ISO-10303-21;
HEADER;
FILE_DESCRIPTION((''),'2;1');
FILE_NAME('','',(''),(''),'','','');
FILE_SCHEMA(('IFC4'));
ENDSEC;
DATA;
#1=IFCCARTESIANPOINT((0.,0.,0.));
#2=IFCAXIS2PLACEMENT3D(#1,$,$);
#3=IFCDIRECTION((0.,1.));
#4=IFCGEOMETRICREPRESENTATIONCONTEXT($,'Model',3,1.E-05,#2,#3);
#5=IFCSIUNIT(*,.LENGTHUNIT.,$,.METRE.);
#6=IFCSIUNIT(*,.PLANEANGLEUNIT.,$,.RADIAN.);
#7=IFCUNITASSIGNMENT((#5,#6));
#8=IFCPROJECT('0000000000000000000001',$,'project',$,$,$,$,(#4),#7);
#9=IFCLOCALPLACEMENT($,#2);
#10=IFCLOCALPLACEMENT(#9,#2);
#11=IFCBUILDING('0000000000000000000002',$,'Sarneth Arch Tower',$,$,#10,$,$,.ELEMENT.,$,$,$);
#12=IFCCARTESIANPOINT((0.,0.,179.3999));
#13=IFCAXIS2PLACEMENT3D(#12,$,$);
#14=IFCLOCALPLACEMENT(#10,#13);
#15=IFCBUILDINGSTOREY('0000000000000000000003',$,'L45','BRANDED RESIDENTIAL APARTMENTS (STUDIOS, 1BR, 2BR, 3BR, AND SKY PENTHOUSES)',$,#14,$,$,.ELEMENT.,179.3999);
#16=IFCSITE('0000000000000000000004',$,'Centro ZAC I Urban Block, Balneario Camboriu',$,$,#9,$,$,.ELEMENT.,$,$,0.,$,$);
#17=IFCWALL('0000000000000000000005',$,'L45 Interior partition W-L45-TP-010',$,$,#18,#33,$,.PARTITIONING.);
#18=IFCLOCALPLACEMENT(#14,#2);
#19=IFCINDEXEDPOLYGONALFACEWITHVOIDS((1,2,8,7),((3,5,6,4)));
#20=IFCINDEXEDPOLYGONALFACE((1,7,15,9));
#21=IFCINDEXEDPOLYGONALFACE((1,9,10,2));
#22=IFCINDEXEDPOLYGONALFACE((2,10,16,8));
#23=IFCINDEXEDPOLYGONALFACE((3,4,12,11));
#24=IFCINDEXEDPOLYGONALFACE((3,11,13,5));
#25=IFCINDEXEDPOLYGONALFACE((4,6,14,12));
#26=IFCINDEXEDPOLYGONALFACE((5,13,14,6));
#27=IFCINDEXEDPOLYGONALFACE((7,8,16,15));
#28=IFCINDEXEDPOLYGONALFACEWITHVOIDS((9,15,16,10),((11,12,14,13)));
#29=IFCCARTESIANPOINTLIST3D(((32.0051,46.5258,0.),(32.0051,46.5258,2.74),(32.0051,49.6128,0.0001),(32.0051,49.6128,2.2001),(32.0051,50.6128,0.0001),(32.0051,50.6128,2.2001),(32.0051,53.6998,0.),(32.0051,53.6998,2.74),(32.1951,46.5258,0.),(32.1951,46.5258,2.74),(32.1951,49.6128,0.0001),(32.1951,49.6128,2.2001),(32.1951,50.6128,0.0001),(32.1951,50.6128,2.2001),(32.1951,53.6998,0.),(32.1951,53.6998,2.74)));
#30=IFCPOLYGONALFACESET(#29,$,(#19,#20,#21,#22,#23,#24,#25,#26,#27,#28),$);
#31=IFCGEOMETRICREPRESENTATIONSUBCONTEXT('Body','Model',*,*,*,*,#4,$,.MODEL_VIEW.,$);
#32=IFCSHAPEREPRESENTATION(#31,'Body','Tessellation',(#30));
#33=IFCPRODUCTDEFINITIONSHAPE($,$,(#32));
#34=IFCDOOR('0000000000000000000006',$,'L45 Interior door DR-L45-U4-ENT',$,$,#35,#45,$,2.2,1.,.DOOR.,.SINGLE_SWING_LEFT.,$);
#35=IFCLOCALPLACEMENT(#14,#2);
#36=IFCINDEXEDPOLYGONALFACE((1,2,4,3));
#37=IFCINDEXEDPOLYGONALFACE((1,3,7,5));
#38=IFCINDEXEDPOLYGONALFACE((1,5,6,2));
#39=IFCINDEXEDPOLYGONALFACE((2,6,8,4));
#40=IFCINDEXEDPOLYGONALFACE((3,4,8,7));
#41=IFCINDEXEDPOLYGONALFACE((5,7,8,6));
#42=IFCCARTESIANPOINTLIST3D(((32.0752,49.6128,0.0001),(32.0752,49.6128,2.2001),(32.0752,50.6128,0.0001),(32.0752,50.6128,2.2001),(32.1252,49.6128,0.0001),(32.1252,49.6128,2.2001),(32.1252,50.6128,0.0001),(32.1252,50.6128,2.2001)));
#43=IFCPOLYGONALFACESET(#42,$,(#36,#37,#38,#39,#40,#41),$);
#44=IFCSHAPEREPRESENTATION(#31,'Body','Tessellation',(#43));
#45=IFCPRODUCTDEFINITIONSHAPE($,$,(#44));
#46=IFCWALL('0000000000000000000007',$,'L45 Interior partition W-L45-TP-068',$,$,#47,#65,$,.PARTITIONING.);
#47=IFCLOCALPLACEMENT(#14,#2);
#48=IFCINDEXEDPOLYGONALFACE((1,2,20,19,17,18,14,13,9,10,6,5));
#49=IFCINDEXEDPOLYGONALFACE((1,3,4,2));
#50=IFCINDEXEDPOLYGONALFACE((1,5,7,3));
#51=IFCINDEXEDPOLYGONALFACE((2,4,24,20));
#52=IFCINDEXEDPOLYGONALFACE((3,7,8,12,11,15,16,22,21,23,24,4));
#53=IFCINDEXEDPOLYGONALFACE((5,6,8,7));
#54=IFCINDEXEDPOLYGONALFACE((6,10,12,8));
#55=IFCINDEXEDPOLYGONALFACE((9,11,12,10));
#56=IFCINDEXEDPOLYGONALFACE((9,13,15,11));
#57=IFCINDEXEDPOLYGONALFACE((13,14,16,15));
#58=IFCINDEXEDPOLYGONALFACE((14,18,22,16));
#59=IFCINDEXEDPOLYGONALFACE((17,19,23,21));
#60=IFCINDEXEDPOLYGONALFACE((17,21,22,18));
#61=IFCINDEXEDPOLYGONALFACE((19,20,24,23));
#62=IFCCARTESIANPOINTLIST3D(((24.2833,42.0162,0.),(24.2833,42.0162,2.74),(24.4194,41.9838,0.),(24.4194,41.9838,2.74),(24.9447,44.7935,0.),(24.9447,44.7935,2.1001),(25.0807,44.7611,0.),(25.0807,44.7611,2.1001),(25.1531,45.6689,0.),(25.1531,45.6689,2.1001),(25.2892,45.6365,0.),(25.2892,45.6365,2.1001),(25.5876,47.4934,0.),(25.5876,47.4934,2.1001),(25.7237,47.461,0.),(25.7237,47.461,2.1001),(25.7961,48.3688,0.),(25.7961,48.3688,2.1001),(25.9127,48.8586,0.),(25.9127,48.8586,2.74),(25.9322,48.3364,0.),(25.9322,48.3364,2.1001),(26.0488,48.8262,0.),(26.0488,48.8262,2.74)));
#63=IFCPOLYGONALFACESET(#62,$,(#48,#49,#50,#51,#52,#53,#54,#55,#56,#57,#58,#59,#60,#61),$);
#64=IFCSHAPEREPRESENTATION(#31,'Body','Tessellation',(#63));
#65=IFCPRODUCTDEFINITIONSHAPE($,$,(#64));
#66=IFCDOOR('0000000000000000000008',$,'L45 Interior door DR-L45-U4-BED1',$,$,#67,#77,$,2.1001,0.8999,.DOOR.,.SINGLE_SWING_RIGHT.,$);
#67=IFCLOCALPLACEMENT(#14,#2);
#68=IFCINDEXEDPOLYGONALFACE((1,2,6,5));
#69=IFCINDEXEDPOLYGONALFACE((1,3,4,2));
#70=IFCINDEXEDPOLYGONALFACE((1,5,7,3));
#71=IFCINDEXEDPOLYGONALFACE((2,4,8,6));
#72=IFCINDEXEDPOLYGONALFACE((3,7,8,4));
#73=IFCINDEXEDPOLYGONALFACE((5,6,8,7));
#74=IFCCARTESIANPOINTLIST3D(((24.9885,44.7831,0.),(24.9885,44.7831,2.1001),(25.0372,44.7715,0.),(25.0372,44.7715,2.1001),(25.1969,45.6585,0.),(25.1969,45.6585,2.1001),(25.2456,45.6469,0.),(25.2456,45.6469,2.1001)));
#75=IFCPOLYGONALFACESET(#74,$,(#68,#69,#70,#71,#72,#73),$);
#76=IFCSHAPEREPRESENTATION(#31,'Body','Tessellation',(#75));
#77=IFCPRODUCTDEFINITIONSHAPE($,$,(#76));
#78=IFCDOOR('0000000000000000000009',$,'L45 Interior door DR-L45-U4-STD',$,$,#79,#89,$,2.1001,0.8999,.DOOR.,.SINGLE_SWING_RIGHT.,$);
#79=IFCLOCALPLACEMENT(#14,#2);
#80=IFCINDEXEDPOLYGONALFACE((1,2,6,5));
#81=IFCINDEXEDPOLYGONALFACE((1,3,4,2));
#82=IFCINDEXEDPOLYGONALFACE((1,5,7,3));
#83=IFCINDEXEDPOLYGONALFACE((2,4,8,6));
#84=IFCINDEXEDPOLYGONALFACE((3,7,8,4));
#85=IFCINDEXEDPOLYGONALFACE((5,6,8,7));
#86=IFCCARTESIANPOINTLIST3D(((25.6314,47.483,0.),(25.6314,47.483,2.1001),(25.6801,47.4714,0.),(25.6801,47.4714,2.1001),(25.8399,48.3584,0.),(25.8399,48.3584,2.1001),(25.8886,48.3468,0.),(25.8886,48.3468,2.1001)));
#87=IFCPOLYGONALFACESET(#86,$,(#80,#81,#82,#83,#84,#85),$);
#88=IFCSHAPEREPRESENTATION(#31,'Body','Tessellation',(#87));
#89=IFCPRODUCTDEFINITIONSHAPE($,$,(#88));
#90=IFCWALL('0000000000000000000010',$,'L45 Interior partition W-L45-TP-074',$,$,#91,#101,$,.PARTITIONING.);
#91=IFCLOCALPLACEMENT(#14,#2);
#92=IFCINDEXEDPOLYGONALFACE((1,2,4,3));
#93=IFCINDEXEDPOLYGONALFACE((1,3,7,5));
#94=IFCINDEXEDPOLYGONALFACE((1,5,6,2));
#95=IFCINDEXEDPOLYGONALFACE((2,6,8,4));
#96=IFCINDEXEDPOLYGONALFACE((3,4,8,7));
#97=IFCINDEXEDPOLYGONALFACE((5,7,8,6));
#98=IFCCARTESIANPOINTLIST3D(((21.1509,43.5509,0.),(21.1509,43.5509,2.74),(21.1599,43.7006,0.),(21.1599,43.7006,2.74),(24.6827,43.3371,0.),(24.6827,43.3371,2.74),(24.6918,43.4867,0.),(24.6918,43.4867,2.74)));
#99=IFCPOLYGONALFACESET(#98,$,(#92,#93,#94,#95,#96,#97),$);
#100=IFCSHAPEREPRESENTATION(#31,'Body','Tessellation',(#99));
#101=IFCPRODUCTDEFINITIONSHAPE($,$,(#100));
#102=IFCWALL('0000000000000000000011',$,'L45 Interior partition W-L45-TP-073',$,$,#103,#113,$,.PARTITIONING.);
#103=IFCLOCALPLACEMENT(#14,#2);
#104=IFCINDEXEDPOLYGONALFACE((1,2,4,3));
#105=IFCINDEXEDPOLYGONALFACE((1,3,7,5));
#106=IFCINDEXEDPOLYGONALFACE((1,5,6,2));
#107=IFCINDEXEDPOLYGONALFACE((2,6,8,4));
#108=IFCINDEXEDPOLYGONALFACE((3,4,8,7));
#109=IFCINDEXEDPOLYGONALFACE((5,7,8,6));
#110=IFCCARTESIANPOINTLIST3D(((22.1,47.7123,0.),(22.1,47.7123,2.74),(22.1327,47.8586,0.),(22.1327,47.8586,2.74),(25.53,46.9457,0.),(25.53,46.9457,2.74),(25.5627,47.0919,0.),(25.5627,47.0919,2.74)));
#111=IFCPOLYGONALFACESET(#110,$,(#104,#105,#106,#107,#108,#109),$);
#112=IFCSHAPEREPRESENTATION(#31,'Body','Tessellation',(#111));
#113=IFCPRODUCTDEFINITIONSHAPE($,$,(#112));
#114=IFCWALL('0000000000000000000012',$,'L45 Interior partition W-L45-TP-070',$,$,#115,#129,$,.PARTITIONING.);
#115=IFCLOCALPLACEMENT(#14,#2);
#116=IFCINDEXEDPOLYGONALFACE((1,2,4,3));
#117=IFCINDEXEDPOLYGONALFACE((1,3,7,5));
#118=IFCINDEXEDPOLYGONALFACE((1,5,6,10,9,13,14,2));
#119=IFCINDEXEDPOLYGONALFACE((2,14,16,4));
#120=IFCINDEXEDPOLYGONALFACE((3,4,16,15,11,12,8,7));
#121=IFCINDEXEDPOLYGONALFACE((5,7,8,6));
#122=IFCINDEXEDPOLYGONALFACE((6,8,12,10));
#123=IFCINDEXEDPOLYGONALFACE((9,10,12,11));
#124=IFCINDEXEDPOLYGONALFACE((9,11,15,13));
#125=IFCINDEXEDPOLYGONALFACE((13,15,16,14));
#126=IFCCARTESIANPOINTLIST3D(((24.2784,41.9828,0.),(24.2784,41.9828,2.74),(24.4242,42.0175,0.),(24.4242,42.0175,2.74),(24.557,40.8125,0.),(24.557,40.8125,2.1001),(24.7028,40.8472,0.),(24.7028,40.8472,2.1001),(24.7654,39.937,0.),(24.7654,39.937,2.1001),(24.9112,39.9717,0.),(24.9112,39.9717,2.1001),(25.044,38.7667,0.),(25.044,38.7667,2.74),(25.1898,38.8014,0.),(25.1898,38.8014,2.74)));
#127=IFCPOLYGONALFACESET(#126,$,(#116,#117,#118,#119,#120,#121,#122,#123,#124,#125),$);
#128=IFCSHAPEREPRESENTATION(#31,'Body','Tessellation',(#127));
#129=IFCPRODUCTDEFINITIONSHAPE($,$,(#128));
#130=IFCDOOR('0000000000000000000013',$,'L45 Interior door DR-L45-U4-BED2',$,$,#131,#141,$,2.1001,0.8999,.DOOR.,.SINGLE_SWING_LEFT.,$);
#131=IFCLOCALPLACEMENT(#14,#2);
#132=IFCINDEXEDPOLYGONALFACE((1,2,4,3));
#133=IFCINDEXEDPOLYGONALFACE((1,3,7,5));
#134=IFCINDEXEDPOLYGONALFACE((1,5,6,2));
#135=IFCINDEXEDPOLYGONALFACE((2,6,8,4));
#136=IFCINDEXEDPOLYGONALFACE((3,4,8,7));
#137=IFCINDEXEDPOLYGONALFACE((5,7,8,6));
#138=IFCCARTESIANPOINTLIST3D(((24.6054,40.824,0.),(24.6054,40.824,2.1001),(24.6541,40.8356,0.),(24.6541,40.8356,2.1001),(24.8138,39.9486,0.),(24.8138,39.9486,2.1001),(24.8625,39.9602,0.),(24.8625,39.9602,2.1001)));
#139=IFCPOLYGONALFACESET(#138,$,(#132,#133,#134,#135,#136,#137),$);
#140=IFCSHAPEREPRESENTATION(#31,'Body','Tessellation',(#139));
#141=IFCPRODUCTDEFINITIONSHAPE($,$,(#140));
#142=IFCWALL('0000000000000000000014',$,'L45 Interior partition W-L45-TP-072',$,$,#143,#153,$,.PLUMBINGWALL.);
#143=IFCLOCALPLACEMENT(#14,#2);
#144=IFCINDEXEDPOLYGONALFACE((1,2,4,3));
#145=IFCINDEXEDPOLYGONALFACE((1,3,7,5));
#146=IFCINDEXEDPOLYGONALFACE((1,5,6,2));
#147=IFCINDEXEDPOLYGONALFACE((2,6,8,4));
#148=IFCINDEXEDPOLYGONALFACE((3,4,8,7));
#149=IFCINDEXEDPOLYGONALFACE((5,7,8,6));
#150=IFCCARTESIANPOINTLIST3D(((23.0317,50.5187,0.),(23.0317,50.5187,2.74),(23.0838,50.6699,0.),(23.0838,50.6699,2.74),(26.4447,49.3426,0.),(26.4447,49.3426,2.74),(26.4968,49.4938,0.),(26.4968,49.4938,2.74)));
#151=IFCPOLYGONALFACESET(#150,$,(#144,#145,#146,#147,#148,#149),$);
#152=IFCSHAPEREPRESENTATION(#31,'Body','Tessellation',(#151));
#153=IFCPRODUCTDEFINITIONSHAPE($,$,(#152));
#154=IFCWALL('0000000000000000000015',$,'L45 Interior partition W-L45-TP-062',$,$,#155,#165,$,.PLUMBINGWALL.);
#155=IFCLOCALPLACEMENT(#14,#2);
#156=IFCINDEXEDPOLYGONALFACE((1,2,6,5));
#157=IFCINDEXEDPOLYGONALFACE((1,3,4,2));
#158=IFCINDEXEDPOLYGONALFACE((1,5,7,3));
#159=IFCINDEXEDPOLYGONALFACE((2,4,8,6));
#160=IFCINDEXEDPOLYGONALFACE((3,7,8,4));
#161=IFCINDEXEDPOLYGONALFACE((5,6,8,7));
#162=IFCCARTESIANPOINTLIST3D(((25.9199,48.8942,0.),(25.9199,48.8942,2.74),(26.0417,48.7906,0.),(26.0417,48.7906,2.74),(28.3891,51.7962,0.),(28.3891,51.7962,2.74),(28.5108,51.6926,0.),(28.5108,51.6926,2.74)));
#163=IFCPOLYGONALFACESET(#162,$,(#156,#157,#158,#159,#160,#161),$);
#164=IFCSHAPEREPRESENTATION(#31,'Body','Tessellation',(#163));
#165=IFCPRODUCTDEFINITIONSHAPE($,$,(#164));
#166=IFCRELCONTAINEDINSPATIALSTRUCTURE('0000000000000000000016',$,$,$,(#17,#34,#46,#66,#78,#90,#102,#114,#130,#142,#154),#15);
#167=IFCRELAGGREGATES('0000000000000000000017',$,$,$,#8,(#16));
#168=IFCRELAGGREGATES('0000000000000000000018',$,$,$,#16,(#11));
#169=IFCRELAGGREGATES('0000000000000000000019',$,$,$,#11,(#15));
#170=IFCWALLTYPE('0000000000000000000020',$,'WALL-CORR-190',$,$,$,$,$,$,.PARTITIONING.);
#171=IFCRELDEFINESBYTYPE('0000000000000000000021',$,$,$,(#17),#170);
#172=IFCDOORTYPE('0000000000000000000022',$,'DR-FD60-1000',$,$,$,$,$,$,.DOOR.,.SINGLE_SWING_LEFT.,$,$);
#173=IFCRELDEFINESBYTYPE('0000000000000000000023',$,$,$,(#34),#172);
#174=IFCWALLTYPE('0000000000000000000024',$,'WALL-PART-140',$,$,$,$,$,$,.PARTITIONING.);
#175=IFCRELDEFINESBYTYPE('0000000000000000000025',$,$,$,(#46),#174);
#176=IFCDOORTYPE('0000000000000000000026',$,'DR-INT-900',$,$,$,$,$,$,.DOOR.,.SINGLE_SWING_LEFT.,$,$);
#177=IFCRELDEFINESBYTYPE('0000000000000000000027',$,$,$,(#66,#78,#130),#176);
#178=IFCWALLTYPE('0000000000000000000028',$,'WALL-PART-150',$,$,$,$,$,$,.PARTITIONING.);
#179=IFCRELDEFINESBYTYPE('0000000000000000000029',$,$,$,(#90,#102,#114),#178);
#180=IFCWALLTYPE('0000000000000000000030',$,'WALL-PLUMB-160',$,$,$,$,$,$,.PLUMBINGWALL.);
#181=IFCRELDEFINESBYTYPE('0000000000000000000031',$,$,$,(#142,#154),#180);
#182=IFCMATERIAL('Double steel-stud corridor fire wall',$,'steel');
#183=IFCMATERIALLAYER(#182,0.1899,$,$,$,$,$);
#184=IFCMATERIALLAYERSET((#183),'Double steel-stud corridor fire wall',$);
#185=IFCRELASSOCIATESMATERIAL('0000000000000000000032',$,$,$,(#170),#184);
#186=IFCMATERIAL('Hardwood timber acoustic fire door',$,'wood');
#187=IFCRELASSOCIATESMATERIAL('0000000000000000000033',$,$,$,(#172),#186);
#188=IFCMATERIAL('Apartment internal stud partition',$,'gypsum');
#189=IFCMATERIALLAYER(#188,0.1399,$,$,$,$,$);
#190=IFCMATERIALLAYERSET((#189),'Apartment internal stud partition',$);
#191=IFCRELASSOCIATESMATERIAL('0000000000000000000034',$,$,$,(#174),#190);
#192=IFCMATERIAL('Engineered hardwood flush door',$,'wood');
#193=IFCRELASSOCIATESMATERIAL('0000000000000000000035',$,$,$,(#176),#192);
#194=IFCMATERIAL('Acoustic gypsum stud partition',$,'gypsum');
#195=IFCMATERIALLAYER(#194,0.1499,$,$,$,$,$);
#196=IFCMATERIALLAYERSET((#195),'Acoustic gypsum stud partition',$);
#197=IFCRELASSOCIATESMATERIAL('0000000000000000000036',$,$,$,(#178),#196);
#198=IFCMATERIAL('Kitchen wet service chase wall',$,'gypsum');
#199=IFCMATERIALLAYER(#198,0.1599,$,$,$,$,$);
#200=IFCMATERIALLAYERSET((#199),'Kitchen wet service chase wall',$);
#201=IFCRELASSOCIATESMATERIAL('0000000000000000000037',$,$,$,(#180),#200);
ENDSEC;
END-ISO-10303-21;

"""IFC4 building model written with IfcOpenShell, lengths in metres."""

from ifc_helpers import new_model, si_unit, direction, frame, frame_2d, origin, place, context, subcontext, project, spatial, rectangle, extrude, material, layer, layer_set, type_object, element, fill, save


model = new_model("IFC4")

# Units and contexts
model_context = context("Model", 3, precision=1e-05, world=origin(), true_north=direction((0.0, 1.0)))
body_context = subcontext(model_context, "Body", "Model", "MODEL_VIEW")
ifc_project = project(units=[si_unit("LENGTHUNIT", "METRE"), si_unit("PLANEANGLEUNIT", "RADIAN")], contexts=[model_context])

# Site, building, storey
site_placement = place(None, origin())
site = spatial("IfcSite", under=ifc_project, at=site_placement, Name="Centro ZAC I Urban Block, Balneario Camboriu", CompositionType="ELEMENT", RefElevation=0.0)
building_placement = place(site_placement, origin())
building = spatial("IfcBuilding", under=site, at=building_placement, Name="Sarneth Arch Tower", CompositionType="ELEMENT")
storey_placement = place(building_placement, frame((0.0, 0.0, 179.3999)))
storey = spatial("IfcBuildingStorey", under=building, at=storey_placement, Name="L45", Description="BRANDED RESIDENTIAL APARTMENTS (STUDIOS, 1BR, 2BR, 3BR, AND SKY PENTHOUSES)", CompositionType="ELEMENT", Elevation=179.3999)

# Shared definitions
ifc_material_1 = material(Name="Double steel-stud corridor fire wall", Category="steel")
ifc_layer_1 = layer(ifc_material_1, 0.1899)
ifc_layer_set_1 = layer_set([ifc_layer_1], Name="Double steel-stud corridor fire wall")
wall_type_1 = type_object("IfcWallType", Name="WALL-CORR-190", PredefinedType="PARTITIONING", material=ifc_layer_set_1)

# Wall, opening, door
wall_1_placement = place(storey_placement, frame((32.1001, 46.5259, 0.0), z_axis=(0.0, 0.0, 1.0), x_axis=(0.0, 1.0, 0.0)))
wall_1 = element("IfcWall", 1, at=wall_1_placement, inside=storey, type_object=wall_type_1, Name="L45 Interior partition W-L45-TP-010", PredefinedType="PARTITIONING", context=body_context, shape_type="SweptSolid", body=[
    extrude(rectangle(XDim=7.1741, YDim=0.1899, at=frame_2d((3.5869, 0.0))), origin(), (0.0, 0.0, 1.0), 2.74),
])
opening_1_placement = place(wall_1_placement, frame((3.0869, 0.0, 0.0)))
opening_1 = element("IfcOpeningElement", 2, at=opening_1_placement, cuts=wall_1, PredefinedType="OPENING", context=body_context, shape_type="SweptSolid", body=[
    extrude(rectangle(XDim=1.0, YDim=2.2, at=frame_2d((0.5, 1.1001))), frame((0.0, 0.105, 0.0), z_axis=(0.0, -1.0, 0.0), x_axis=(1.0, 0.0, 0.0)), (0.0, 0.0, 1.0), 0.21),
])
ifc_material_2 = material(Name="Hardwood timber acoustic fire door", Category="wood")
door_type_1 = type_object("IfcDoorType", Name="DR-FD60-1000", OperationType="SINGLE_SWING_LEFT", PredefinedType="DOOR", material=ifc_material_2)
door_1_placement = place(opening_1_placement, origin())
door_1 = element("IfcDoor", 3, at=door_1_placement, inside=storey, type_object=door_type_1, Name="L45 Interior door DR-L45-U4-ENT", OperationType="SINGLE_SWING_LEFT", OverallHeight=2.2, OverallWidth=1.0, PredefinedType="DOOR", context=body_context, shape_type="SweptSolid", body=[
    extrude(rectangle(XDim=1.0, YDim=2.2, at=frame_2d((0.5, 1.1001))), frame((0.0, 0.0249, 0.0), z_axis=(0.0, -1.0, 0.0), x_axis=(1.0, 0.0, 0.0)), (0.0, 0.0, 1.0), 0.05),
])
fill(opening_1, door_1)

# Wall, openings, doors
ifc_material_3 = material(Name="Apartment internal stud partition", Category="gypsum")
ifc_layer_2 = layer(ifc_material_3, 0.1399)
ifc_layer_set_2 = layer_set([ifc_layer_2], Name="Apartment internal stud partition")
wall_type_2 = type_object("IfcWallType", Name="WALL-PART-140", PredefinedType="PARTITIONING", material=ifc_layer_set_2)
wall_2_placement = place(storey_placement, frame((24.3513, 42.0, 0.0), z_axis=(0.0, 0.0, 1.0), x_axis=(0.231658, 0.972797, 0.0)))
wall_2 = element("IfcWall", 4, at=wall_2_placement, inside=storey, type_object=wall_type_2, Name="L45 Interior partition W-L45-TP-068", PredefinedType="PARTITIONING", context=body_context, shape_type="SweptSolid", body=[
    extrude(rectangle(XDim=7.0337, YDim=0.1399, at=frame_2d((3.5168, 0.0))), origin(), (0.0, 0.0, 1.0), 2.74),
])
opening_2_placement = place(wall_2_placement, frame((2.855, 0.0, 0.0)))
opening_2 = element("IfcOpeningElement", 5, at=opening_2_placement, cuts=wall_2, PredefinedType="OPENING", context=body_context, shape_type="SweptSolid", body=[
    extrude(rectangle(XDim=0.8999, YDim=2.1001, at=frame_2d((0.45, 1.05))), frame((0.0, 0.0798, 0.0), z_axis=(0.0, -1.0, 0.0), x_axis=(1.0, 0.0, 0.0)), (0.0, 0.0, 1.0), 0.1599),
])
opening_3_placement = place(wall_2_placement, frame((5.6304, 0.0, 0.0)))
opening_3 = element("IfcOpeningElement", 6, at=opening_3_placement, cuts=wall_2, PredefinedType="OPENING", context=body_context, shape_type="SweptSolid", body=[
    extrude(rectangle(XDim=0.8999, YDim=2.1001, at=frame_2d((0.45, 1.05))), frame((0.0, 0.0798, 0.0), z_axis=(0.0, -1.0, 0.0), x_axis=(1.0, 0.0, 0.0)), (0.0, 0.0, 1.0), 0.1599),
])
ifc_material_4 = material(Name="Engineered hardwood flush door", Category="wood")
door_type_2 = type_object("IfcDoorType", Name="DR-INT-900", OperationType="SINGLE_SWING_LEFT", PredefinedType="DOOR", material=ifc_material_4)
door_2_placement = place(opening_2_placement, origin())
door_2 = element("IfcDoor", 7, at=door_2_placement, inside=storey, type_object=door_type_2, Name="L45 Interior door DR-L45-U4-BED1", OperationType="SINGLE_SWING_RIGHT", OverallHeight=2.1001, OverallWidth=0.8999, PredefinedType="DOOR", context=body_context, shape_type="SweptSolid", body=[
    extrude(rectangle(XDim=0.8999, YDim=2.1001, at=frame_2d((0.45, 1.05))), frame((0.0, 0.0249, 0.0), z_axis=(0.0, -1.0, 0.0), x_axis=(1.0, 0.0, 0.0)), (0.0, 0.0, 1.0), 0.05),
])
fill(opening_2, door_2)
door_3_placement = place(opening_3_placement, origin())
door_3 = element("IfcDoor", 8, at=door_3_placement, inside=storey, type_object=door_type_2, Name="L45 Interior door DR-L45-U4-STD", OperationType="SINGLE_SWING_RIGHT", OverallHeight=2.1001, OverallWidth=0.8999, PredefinedType="DOOR", context=body_context, shape_type="SweptSolid", body=[
    extrude(rectangle(XDim=0.8999, YDim=2.1001, at=frame_2d((0.45, 1.05))), frame((0.0, 0.0249, 0.0), z_axis=(0.0, -1.0, 0.0), x_axis=(1.0, 0.0, 0.0)), (0.0, 0.0, 1.0), 0.05),
])
fill(opening_3, door_3)

# Walls
ifc_material_5 = material(Name="Acoustic gypsum stud partition", Category="gypsum")
ifc_layer_3 = layer(ifc_material_5, 0.1499)
ifc_layer_set_3 = layer_set([ifc_layer_3], Name="Acoustic gypsum stud partition")
wall_type_3 = type_object("IfcWallType", Name="WALL-PART-150", PredefinedType="PARTITIONING", material=ifc_layer_set_3)
wall_3_placement = place(storey_placement, frame((21.1555, 43.6257, 0.0), z_axis=(0.0, 0.0, 1.0), x_axis=(0.998172, -0.060441, 0.0)))
element("IfcWall", 9, at=wall_3_placement, inside=storey, type_object=wall_type_3, Name="L45 Interior partition W-L45-TP-074", PredefinedType="PARTITIONING", context=body_context, shape_type="SweptSolid", body=[
    extrude(rectangle(XDim=3.5383, YDim=0.1499, at=frame_2d((1.769, 0.0))), origin(), (0.0, 0.0, 1.0), 2.74),
])
wall_4_placement = place(storey_placement, frame((25.5464, 47.0188, 0.0), z_axis=(0.0, 0.0, 1.0), x_axis=(-0.975922, 0.218122, 0.0)))
element("IfcWall", 10, at=wall_4_placement, inside=storey, type_object=wall_type_3, Name="L45 Interior partition W-L45-TP-073", PredefinedType="PARTITIONING", context=body_context, shape_type="SweptSolid", body=[
    extrude(rectangle(XDim=3.5146, YDim=0.1499, at=frame_2d((1.7573, 0.0))), origin(), (0.0, 0.0, 1.0), 2.74),
])

# Wall, opening, door
wall_5_placement = place(storey_placement, frame((24.3513, 42.0, 0.0), z_axis=(0.0, 0.0, 1.0), x_axis=(0.231591, -0.972813, 0.0)))
wall_5 = element("IfcWall", 11, at=wall_5_placement, inside=storey, type_object=wall_type_3, Name="L45 Interior partition W-L45-TP-070", PredefinedType="PARTITIONING", context=body_context, shape_type="SweptSolid", body=[
    extrude(rectangle(XDim=3.3059, YDim=0.1499, at=frame_2d((1.6528, 0.0))), origin(), (0.0, 0.0, 1.0), 2.74),
])
opening_4_placement = place(wall_5_placement, frame((1.2029, 0.0, 0.0)))
opening_4 = element("IfcOpeningElement", 12, at=opening_4_placement, cuts=wall_5, PredefinedType="OPENING", context=body_context, shape_type="SweptSolid", body=[
    extrude(rectangle(XDim=0.8999, YDim=2.1001, at=frame_2d((0.45, 1.05))), frame((0.0, 0.085, 0.0), z_axis=(0.0, -1.0, 0.0), x_axis=(1.0, 0.0, 0.0)), (0.0, 0.0, 1.0), 0.1699),
])
door_4_placement = place(opening_4_placement, origin())
door_4 = element("IfcDoor", 13, at=door_4_placement, inside=storey, type_object=door_type_2, Name="L45 Interior door DR-L45-U4-BED2", OperationType="SINGLE_SWING_LEFT", OverallHeight=2.1001, OverallWidth=0.8999, PredefinedType="DOOR", context=body_context, shape_type="SweptSolid", body=[
    extrude(rectangle(XDim=0.8999, YDim=2.1001, at=frame_2d((0.45, 1.05))), frame((0.0, 0.0249, 0.0), z_axis=(0.0, -1.0, 0.0), x_axis=(1.0, 0.0, 0.0)), (0.0, 0.0, 1.0), 0.05),
])
fill(opening_4, door_4)

# Walls
ifc_material_6 = material(Name="Kitchen wet service chase wall", Category="gypsum")
ifc_layer_4 = layer(ifc_material_6, 0.1599)
ifc_layer_set_4 = layer_set([ifc_layer_4], Name="Kitchen wet service chase wall")
wall_type_4 = type_object("IfcWallType", Name="WALL-PLUMB-160", PredefinedType="PLUMBINGWALL", material=ifc_layer_set_4)
wall_6_placement = place(storey_placement, frame((26.4707, 49.4182, 0.0), z_axis=(0.0, 0.0, 1.0), x_axis=(-0.945443, 0.325788, 0.0)))
element("IfcWall", 14, at=wall_6_placement, inside=storey, type_object=wall_type_4, Name="L45 Interior partition W-L45-TP-072", PredefinedType="PLUMBINGWALL", context=body_context, shape_type="SweptSolid", body=[
    extrude(rectangle(XDim=3.6099, YDim=0.1599, at=frame_2d((1.8049, 0.0))), origin(), (0.0, 0.0, 1.0), 2.74),
])
wall_7_placement = place(storey_placement, frame((25.9807, 48.8423, 0.0), z_axis=(0.0, 0.0, 1.0), x_axis=(0.648022, 0.761621, 0.0)))
element("IfcWall", 15, at=wall_7_placement, inside=storey, type_object=wall_type_4, Name="L45 Interior partition W-L45-TP-062", PredefinedType="PLUMBINGWALL", context=body_context, shape_type="SweptSolid", body=[
    extrude(rectangle(XDim=3.8103, YDim=0.1599, at=frame_2d((1.9053, 0.0))), origin(), (0.0, 0.0, 1.0), 2.74),
])

save(model, "model.ifc")
